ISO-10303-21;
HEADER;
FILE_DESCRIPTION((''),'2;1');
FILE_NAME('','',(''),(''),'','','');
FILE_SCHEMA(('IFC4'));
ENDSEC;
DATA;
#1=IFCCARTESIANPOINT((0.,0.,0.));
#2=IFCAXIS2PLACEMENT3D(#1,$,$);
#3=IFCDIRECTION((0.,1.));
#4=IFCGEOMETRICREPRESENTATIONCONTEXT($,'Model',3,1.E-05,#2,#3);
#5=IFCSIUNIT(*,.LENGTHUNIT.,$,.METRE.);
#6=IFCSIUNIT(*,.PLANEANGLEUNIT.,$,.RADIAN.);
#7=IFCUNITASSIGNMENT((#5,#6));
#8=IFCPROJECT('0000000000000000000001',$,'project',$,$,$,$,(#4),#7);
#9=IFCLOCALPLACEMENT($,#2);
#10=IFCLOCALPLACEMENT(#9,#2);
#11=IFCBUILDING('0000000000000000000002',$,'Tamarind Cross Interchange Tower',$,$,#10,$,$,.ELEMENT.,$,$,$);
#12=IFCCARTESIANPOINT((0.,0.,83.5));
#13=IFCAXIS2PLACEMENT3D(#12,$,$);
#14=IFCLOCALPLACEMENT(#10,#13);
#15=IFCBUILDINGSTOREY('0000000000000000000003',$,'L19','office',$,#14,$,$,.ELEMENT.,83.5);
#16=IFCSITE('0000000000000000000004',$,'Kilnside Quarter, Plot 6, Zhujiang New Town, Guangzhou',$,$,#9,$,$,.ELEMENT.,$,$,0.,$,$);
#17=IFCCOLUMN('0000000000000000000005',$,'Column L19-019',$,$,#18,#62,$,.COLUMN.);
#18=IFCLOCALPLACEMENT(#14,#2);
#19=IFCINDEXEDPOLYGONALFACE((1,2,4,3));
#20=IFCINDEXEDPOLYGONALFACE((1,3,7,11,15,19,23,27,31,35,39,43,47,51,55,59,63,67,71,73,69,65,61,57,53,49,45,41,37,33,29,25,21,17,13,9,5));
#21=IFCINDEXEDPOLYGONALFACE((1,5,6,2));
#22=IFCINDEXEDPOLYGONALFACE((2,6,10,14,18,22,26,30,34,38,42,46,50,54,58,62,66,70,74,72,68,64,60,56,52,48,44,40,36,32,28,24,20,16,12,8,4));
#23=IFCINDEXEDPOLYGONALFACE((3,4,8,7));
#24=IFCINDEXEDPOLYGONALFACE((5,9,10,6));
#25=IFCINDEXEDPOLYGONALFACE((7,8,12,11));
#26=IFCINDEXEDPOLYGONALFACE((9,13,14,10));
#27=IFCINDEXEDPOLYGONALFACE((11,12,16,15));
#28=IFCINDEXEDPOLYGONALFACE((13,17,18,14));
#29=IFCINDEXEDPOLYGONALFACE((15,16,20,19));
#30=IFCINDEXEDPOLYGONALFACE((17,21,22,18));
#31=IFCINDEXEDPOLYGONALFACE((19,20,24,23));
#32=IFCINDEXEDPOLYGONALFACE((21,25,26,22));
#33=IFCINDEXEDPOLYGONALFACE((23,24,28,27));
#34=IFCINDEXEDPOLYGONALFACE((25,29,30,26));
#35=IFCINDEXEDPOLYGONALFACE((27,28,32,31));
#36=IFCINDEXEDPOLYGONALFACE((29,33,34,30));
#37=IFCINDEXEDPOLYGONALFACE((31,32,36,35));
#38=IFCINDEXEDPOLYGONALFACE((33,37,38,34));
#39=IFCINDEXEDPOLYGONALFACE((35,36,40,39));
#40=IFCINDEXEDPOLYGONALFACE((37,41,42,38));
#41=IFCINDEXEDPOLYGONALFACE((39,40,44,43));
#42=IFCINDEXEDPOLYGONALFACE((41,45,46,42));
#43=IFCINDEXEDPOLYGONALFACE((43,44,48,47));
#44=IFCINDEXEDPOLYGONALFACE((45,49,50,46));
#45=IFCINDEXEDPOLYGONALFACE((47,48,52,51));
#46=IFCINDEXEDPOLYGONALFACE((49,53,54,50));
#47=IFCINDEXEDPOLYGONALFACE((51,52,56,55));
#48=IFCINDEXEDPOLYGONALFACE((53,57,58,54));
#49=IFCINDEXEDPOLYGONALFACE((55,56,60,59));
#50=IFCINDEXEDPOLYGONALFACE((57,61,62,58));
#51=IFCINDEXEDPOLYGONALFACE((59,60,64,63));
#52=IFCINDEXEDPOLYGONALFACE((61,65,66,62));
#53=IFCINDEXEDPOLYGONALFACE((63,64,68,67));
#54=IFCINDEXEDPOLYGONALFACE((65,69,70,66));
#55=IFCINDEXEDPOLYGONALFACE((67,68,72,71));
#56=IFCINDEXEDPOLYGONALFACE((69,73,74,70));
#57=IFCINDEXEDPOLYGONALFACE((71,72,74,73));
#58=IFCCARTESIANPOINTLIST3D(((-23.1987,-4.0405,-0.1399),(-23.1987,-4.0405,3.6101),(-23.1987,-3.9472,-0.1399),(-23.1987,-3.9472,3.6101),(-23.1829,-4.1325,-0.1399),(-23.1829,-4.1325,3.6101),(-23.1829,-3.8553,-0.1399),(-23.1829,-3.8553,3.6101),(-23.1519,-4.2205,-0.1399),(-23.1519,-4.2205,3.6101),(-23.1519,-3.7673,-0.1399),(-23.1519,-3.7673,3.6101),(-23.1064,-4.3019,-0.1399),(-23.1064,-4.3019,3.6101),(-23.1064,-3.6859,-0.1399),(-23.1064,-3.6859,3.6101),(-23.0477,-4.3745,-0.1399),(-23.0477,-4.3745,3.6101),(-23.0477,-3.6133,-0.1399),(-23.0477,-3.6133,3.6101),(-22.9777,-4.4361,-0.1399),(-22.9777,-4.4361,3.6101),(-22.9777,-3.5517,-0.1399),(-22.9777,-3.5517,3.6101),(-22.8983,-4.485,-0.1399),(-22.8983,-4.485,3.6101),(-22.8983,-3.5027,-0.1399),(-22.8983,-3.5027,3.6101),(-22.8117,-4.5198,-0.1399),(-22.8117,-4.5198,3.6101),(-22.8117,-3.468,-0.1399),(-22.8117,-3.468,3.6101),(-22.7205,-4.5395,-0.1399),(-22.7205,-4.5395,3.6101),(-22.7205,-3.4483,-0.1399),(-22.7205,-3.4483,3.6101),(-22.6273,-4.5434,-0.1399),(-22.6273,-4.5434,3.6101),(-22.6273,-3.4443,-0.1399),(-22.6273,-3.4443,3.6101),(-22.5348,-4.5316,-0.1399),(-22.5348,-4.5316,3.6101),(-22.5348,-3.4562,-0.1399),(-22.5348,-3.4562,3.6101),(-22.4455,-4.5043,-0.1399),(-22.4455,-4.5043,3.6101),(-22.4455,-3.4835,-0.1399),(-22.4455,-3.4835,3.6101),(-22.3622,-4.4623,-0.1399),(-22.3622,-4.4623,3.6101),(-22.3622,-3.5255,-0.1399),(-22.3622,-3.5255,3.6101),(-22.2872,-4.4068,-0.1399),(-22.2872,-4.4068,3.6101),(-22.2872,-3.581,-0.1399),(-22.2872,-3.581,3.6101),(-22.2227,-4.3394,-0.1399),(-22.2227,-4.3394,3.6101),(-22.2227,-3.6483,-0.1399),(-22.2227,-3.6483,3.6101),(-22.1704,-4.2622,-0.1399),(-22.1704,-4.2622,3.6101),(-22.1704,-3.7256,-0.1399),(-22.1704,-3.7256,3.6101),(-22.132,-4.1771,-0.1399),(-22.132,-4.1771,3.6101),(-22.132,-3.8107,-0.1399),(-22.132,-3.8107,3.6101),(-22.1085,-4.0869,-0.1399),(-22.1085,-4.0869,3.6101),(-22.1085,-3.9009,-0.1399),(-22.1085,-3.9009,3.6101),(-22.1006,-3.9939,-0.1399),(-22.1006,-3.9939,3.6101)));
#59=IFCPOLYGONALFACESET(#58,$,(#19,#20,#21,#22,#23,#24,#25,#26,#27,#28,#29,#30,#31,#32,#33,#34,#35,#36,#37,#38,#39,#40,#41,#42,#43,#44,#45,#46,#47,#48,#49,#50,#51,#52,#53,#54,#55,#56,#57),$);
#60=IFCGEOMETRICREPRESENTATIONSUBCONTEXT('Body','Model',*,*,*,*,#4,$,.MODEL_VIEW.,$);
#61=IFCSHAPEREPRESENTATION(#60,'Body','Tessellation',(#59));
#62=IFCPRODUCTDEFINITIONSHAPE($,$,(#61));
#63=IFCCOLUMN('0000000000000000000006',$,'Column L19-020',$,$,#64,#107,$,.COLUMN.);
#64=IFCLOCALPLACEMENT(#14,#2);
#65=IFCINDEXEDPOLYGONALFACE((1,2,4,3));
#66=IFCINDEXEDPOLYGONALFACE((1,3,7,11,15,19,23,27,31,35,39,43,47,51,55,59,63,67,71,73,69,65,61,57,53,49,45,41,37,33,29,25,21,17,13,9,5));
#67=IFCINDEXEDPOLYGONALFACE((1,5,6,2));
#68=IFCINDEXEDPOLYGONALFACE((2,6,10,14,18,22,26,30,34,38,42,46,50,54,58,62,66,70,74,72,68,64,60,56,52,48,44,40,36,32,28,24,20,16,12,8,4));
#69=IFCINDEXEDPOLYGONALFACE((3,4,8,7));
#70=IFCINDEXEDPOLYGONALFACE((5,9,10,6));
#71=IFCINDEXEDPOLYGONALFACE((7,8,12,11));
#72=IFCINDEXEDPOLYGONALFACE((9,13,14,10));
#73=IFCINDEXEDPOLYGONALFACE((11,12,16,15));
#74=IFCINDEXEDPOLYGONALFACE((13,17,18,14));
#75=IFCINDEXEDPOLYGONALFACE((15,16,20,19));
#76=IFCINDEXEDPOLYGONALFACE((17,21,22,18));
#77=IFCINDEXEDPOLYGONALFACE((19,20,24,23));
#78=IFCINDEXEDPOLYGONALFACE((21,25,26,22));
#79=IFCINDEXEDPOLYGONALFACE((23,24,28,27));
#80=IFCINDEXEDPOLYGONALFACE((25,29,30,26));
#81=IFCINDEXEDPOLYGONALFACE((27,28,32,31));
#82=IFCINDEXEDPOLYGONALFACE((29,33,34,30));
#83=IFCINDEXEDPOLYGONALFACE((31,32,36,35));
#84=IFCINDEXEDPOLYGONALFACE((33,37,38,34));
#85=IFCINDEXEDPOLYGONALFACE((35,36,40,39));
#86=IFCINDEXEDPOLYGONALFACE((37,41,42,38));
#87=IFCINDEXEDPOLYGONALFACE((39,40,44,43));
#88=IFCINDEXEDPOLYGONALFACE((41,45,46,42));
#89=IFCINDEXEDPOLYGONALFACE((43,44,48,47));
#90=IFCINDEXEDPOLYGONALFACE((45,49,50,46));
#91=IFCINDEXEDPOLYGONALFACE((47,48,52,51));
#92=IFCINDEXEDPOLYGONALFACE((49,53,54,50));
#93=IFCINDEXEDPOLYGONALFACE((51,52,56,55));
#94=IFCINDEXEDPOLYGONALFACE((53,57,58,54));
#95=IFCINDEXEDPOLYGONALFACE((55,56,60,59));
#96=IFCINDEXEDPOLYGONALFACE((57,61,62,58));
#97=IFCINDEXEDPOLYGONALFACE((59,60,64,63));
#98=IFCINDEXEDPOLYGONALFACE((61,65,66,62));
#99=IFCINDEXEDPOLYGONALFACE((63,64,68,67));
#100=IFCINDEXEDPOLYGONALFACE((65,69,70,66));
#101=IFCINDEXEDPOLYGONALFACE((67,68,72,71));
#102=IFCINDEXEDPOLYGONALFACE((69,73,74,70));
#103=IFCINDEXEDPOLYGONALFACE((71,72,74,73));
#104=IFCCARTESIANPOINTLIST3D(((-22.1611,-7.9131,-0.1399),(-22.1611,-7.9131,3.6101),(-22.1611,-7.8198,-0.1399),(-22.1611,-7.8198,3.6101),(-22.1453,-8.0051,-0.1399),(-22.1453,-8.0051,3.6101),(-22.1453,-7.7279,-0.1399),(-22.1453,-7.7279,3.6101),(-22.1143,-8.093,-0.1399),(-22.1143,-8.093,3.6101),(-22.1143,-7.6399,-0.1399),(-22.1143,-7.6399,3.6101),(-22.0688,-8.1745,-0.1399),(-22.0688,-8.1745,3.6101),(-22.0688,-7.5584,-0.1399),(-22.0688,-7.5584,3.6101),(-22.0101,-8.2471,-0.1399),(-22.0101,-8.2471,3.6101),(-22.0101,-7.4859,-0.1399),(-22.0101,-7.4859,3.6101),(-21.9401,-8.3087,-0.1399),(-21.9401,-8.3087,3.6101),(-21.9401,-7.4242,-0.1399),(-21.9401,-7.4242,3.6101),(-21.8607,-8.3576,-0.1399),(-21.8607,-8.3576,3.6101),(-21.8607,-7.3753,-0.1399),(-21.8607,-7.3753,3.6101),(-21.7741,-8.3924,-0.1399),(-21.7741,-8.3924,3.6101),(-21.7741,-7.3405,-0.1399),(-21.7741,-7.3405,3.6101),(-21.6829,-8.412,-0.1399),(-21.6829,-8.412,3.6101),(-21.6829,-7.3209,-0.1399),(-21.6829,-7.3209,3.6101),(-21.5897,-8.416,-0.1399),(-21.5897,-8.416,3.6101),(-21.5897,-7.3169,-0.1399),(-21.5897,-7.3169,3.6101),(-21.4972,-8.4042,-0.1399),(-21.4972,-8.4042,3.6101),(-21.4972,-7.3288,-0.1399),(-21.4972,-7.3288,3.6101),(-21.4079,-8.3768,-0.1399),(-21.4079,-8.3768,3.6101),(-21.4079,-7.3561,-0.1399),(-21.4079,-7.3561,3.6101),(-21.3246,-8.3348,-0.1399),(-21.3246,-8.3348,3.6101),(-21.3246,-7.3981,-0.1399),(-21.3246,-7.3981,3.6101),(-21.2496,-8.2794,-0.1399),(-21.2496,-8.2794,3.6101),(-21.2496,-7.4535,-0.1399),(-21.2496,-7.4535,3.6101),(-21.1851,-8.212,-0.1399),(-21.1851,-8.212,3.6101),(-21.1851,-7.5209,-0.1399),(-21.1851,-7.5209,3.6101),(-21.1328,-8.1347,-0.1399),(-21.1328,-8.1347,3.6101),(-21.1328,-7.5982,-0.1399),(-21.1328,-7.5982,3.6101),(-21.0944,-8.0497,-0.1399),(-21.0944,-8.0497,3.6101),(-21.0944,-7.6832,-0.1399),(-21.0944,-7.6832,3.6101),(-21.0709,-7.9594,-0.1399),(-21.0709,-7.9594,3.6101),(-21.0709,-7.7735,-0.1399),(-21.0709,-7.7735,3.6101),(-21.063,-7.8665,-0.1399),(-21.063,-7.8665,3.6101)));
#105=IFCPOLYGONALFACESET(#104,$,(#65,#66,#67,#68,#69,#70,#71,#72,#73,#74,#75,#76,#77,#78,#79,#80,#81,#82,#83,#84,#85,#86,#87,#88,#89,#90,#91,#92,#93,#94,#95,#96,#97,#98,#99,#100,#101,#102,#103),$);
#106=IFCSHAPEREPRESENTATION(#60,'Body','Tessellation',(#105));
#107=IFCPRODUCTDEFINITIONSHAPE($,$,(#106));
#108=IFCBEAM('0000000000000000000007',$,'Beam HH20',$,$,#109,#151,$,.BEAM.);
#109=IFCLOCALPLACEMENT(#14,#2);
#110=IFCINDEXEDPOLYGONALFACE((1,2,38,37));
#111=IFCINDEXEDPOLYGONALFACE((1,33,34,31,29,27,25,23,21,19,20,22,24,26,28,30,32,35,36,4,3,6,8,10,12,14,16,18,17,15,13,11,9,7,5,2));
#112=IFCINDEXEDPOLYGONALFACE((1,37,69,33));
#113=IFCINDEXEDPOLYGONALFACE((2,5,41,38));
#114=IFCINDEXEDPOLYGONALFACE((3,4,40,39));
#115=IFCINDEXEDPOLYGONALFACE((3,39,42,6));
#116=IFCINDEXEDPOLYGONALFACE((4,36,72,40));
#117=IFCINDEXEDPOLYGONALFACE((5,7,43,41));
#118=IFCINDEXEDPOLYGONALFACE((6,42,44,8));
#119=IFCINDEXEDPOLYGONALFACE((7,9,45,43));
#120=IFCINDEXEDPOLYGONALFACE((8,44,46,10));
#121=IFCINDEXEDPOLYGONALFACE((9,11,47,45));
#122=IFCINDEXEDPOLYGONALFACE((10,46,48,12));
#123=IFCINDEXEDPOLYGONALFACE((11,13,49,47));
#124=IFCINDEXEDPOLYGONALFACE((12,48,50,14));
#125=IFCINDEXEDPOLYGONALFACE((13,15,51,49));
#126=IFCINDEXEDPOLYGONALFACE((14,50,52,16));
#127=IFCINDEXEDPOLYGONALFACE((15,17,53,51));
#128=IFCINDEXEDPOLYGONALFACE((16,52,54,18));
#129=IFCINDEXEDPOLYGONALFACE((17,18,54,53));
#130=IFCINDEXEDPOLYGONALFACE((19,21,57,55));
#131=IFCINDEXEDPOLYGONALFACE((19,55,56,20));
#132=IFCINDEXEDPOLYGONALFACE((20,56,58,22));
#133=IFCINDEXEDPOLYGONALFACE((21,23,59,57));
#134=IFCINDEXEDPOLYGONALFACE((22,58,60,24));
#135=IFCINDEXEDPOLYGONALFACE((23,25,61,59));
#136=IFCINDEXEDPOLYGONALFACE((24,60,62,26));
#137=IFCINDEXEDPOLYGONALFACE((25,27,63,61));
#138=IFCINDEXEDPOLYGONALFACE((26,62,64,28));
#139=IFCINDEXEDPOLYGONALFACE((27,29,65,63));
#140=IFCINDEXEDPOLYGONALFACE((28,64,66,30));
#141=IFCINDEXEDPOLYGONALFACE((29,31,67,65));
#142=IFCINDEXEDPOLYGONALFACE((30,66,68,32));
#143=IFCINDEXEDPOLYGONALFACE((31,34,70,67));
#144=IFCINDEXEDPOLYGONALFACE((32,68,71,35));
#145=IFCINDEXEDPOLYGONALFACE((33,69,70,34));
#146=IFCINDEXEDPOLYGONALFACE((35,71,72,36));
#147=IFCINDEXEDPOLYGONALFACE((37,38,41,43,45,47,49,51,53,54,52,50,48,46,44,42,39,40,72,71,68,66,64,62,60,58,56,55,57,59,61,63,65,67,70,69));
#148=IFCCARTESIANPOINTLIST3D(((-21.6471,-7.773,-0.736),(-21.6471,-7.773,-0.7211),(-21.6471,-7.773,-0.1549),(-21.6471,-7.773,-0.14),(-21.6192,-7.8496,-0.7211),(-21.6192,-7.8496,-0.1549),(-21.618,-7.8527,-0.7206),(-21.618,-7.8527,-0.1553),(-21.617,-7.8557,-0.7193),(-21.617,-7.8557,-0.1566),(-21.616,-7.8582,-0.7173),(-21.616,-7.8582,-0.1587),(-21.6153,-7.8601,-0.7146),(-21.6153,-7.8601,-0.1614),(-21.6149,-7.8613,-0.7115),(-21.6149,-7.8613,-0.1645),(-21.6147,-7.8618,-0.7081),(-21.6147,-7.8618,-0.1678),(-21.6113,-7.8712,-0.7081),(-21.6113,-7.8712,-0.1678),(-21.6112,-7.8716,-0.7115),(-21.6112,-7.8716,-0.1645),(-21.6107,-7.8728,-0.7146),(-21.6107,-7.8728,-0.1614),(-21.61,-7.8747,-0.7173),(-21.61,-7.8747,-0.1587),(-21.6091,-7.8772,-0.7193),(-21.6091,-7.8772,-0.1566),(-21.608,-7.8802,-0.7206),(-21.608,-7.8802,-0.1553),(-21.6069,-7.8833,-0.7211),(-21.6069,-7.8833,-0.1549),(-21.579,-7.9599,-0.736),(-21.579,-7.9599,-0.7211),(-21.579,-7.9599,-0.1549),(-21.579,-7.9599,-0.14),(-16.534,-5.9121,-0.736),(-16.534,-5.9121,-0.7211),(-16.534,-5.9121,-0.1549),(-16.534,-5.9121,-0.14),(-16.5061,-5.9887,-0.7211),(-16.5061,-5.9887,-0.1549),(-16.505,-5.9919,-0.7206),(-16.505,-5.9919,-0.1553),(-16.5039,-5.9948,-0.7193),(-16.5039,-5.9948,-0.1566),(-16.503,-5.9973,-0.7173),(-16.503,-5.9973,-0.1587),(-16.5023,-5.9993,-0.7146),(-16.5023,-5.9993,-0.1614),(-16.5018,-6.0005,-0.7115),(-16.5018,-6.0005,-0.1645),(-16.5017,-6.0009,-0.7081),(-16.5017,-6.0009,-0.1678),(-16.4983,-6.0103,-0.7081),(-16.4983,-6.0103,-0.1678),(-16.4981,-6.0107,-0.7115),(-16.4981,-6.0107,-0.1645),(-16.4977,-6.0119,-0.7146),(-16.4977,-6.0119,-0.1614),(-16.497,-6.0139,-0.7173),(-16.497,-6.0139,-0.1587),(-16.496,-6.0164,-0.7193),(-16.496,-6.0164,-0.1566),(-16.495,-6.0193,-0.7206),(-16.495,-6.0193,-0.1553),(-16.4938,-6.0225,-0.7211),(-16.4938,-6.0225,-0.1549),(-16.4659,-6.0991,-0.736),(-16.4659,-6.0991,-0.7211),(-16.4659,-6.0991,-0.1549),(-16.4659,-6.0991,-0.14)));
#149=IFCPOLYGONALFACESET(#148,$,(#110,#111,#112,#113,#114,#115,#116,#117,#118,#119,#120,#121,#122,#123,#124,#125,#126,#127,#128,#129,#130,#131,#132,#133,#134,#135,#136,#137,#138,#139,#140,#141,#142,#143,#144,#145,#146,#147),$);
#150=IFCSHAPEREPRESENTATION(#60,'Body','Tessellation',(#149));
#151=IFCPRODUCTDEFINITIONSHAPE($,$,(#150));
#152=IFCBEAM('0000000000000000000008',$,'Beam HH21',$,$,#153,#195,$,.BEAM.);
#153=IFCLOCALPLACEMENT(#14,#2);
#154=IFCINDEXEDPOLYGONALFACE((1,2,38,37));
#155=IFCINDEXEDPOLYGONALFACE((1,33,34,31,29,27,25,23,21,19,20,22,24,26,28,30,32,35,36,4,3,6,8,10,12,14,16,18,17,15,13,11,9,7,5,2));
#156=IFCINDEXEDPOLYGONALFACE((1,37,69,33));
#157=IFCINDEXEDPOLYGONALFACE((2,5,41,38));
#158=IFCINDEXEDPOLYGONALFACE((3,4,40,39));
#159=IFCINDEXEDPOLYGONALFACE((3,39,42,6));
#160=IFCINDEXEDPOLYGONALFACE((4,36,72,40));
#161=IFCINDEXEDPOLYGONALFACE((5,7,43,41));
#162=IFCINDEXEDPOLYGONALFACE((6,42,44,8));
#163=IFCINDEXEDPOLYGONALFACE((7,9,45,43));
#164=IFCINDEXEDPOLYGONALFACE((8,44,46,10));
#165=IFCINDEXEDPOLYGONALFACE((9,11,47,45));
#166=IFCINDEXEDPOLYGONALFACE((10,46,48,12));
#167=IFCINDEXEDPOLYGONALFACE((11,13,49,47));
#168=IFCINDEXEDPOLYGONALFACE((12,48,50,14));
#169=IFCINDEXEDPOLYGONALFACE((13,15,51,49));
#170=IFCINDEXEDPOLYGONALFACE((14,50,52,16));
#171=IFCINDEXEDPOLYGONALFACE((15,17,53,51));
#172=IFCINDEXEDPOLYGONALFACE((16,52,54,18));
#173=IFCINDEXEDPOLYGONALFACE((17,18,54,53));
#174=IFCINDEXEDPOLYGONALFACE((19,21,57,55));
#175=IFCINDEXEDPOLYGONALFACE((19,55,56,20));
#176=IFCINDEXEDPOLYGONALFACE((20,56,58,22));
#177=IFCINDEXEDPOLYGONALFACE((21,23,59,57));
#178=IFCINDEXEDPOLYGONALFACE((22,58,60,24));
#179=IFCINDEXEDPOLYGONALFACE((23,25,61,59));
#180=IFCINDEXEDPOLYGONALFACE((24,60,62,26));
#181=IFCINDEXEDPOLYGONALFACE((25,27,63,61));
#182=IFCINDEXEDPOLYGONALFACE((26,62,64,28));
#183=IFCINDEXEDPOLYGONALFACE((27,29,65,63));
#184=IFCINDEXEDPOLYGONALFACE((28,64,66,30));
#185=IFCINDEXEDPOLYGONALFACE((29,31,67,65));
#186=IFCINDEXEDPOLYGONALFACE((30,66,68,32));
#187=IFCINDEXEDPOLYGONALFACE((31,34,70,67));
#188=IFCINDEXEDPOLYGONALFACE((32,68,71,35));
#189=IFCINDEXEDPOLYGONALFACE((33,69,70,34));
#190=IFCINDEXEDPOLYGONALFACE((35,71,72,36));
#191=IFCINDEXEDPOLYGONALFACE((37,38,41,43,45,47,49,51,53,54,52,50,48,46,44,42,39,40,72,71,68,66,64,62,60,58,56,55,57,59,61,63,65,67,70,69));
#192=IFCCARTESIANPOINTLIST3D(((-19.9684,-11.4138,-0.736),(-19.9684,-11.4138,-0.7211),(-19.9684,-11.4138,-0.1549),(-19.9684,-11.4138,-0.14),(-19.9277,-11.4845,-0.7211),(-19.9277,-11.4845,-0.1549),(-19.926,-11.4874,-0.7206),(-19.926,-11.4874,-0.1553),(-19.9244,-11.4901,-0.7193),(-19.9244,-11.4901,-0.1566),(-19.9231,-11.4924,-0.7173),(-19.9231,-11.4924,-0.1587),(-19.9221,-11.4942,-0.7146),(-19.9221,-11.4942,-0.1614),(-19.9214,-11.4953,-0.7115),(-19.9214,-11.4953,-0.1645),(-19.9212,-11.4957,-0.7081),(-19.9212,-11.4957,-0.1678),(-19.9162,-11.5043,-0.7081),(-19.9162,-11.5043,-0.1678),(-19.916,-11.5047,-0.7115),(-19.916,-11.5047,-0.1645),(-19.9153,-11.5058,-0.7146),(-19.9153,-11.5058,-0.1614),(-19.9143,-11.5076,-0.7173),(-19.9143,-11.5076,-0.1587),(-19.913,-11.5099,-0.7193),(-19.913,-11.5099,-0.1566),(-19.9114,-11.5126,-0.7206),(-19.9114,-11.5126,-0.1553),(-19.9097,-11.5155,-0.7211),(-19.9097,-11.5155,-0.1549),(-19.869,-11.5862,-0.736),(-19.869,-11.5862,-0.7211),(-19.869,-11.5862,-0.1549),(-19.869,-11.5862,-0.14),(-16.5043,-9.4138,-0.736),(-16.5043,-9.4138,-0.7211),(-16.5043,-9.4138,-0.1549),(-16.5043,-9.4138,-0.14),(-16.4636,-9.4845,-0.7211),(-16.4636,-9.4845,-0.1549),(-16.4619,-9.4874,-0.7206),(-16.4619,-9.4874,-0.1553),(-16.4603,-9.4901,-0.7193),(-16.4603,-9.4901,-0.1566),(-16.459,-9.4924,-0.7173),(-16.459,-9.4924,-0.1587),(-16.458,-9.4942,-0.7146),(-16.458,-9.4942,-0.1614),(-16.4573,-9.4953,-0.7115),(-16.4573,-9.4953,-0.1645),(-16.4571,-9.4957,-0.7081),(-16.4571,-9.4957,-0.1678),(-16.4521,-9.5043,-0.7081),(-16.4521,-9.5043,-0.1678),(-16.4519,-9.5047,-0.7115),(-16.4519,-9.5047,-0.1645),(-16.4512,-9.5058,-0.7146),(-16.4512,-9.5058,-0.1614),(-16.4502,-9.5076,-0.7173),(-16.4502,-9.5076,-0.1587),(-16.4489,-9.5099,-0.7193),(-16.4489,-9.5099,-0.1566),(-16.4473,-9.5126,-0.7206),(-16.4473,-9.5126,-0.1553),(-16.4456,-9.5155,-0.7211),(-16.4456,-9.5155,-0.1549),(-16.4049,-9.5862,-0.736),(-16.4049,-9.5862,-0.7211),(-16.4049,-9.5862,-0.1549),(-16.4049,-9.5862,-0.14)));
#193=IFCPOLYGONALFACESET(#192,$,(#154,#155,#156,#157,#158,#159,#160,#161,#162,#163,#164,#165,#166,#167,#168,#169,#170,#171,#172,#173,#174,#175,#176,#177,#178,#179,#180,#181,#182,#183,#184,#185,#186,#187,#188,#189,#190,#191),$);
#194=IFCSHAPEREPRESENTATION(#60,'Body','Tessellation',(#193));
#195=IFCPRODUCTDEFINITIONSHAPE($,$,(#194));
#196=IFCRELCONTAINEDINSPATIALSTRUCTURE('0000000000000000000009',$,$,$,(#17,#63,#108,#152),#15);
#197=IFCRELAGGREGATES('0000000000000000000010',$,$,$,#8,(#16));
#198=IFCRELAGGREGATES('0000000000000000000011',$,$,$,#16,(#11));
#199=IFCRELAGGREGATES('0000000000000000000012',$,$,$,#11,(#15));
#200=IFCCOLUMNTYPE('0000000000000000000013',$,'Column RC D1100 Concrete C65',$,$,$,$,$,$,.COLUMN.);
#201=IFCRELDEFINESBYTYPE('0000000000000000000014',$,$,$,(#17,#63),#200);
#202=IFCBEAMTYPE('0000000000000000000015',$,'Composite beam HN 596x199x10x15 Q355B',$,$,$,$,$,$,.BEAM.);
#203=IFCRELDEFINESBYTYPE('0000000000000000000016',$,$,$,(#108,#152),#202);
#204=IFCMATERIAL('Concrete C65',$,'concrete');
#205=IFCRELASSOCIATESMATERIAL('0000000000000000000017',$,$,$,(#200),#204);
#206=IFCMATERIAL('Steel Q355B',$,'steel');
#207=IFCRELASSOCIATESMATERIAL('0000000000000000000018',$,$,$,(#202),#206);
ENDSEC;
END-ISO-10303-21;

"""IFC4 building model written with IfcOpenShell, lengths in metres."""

from ifc_helpers import new_model, si_unit, direction, frame, origin, origin_2d, place, context, subcontext, project, spatial, circle, i_section, extrude, material, material_profile, profile_set, type_object, element, save


model = new_model("IFC4")

# Units and contexts
model_context = context("Model", 3, precision=1e-05, world=origin(), true_north=direction((0.0, 1.0)))
body_context = subcontext(model_context, "Body", "Model", "MODEL_VIEW")
ifc_project = project(units=[si_unit("LENGTHUNIT", "METRE"), si_unit("PLANEANGLEUNIT", "RADIAN")], contexts=[model_context])

# Site, building, storey
site_placement = place(None, origin())
site = spatial("IfcSite", under=ifc_project, at=site_placement, Name="Kilnside Quarter, Plot 6, Zhujiang New Town, Guangzhou", CompositionType="ELEMENT", RefElevation=0.0)
building_placement = place(site_placement, origin())
building = spatial("IfcBuilding", under=site, at=building_placement, Name="Tamarind Cross Interchange Tower", CompositionType="ELEMENT")
storey_placement = place(building_placement, frame((0.0, 0.0, 83.5)))
storey = spatial("IfcBuildingStorey", under=building, at=storey_placement, Name="L19", Description="office", CompositionType="ELEMENT", Elevation=83.5)

# Columns
ifc_material_1 = material(Name="Concrete C65", Category="concrete")
ifc_material_profile_1 = material_profile(ifc_material_1, circle(Radius=0.55, at=origin_2d()), Name="RC D1100")
ifc_profile_set_1 = profile_set([ifc_material_profile_1], Name="Concrete C65")
column_type = type_object("IfcColumnType", Name="Column RC D1100 Concrete C65", PredefinedType="COLUMN", material=ifc_profile_set_1)
for number, where, z_axis, x_axis, name in (
    (1, (-22.6506, -3.9939, -0.1399), (0.0, 0.0, 1.0), (1.0, 0.0, 0.0), "Column L19-019"),
    (2, (-21.613, -7.8665, -0.1399), (0.0, 0.0, 1.0), (1.0, 0.0, 0.0), "Column L19-020"),
):
    element("IfcColumn", number, at=place(storey_placement, frame(where, z_axis=z_axis, x_axis=x_axis)), inside=storey, type_object=column_type, Name=name, PredefinedType="COLUMN", context=body_context, shape_type="SweptSolid", body=[
        extrude(circle(Radius=0.55, at=origin_2d()), origin(), (0.0, 0.0, 1.0), 3.75),
    ])

# Beams
ifc_material_2 = material(Name="Steel Q355B", Category="steel")
ifc_material_profile_2 = material_profile(ifc_material_2, i_section(OverallWidth=0.199, OverallDepth=0.5959, WebThickness=0.01, FlangeThickness=0.0149, FilletRadius=0.0129, at=origin_2d()), Name="HN 596x199x10x15")
ifc_profile_set_2 = profile_set([ifc_material_profile_2], Name="Steel Q355B")
beam_type = type_object("IfcBeamType", Name="Composite beam HN 596x199x10x15 Q355B", PredefinedType="BEAM", material=ifc_profile_set_2)
beam_1_placement = place(storey_placement, frame((-21.613, -7.8665, -0.438), z_axis=(0.939702, 0.341995, 0.0), x_axis=(-0.341995, 0.939702, 0.0)))
element("IfcBeam", 3, at=beam_1_placement, inside=storey, type_object=beam_type, Name="Beam HH20", PredefinedType="BEAM", context=body_context, shape_type="SweptSolid", body=[
    extrude(i_section(OverallWidth=0.199, OverallDepth=0.5959, WebThickness=0.01, FlangeThickness=0.0149, FilletRadius=0.0129, at=origin_2d()), origin(), (0.0, 0.0, 1.0), 5.4412),
])
beam_2_placement = place(storey_placement, frame((-19.9187, -11.5, -0.438), z_axis=(0.866026, 0.499999, 0.0), x_axis=(-0.499999, 0.866026, 0.0)))
element("IfcBeam", 4, at=beam_2_placement, inside=storey, type_object=beam_type, Name="Beam HH21", PredefinedType="BEAM", context=body_context, shape_type="SweptSolid", body=[
    extrude(i_section(OverallWidth=0.199, OverallDepth=0.5959, WebThickness=0.01, FlangeThickness=0.0149, FilletRadius=0.0129, at=origin_2d()), origin(), (0.0, 0.0, 1.0), 4.0),
])

save(model, "model.ifc")
